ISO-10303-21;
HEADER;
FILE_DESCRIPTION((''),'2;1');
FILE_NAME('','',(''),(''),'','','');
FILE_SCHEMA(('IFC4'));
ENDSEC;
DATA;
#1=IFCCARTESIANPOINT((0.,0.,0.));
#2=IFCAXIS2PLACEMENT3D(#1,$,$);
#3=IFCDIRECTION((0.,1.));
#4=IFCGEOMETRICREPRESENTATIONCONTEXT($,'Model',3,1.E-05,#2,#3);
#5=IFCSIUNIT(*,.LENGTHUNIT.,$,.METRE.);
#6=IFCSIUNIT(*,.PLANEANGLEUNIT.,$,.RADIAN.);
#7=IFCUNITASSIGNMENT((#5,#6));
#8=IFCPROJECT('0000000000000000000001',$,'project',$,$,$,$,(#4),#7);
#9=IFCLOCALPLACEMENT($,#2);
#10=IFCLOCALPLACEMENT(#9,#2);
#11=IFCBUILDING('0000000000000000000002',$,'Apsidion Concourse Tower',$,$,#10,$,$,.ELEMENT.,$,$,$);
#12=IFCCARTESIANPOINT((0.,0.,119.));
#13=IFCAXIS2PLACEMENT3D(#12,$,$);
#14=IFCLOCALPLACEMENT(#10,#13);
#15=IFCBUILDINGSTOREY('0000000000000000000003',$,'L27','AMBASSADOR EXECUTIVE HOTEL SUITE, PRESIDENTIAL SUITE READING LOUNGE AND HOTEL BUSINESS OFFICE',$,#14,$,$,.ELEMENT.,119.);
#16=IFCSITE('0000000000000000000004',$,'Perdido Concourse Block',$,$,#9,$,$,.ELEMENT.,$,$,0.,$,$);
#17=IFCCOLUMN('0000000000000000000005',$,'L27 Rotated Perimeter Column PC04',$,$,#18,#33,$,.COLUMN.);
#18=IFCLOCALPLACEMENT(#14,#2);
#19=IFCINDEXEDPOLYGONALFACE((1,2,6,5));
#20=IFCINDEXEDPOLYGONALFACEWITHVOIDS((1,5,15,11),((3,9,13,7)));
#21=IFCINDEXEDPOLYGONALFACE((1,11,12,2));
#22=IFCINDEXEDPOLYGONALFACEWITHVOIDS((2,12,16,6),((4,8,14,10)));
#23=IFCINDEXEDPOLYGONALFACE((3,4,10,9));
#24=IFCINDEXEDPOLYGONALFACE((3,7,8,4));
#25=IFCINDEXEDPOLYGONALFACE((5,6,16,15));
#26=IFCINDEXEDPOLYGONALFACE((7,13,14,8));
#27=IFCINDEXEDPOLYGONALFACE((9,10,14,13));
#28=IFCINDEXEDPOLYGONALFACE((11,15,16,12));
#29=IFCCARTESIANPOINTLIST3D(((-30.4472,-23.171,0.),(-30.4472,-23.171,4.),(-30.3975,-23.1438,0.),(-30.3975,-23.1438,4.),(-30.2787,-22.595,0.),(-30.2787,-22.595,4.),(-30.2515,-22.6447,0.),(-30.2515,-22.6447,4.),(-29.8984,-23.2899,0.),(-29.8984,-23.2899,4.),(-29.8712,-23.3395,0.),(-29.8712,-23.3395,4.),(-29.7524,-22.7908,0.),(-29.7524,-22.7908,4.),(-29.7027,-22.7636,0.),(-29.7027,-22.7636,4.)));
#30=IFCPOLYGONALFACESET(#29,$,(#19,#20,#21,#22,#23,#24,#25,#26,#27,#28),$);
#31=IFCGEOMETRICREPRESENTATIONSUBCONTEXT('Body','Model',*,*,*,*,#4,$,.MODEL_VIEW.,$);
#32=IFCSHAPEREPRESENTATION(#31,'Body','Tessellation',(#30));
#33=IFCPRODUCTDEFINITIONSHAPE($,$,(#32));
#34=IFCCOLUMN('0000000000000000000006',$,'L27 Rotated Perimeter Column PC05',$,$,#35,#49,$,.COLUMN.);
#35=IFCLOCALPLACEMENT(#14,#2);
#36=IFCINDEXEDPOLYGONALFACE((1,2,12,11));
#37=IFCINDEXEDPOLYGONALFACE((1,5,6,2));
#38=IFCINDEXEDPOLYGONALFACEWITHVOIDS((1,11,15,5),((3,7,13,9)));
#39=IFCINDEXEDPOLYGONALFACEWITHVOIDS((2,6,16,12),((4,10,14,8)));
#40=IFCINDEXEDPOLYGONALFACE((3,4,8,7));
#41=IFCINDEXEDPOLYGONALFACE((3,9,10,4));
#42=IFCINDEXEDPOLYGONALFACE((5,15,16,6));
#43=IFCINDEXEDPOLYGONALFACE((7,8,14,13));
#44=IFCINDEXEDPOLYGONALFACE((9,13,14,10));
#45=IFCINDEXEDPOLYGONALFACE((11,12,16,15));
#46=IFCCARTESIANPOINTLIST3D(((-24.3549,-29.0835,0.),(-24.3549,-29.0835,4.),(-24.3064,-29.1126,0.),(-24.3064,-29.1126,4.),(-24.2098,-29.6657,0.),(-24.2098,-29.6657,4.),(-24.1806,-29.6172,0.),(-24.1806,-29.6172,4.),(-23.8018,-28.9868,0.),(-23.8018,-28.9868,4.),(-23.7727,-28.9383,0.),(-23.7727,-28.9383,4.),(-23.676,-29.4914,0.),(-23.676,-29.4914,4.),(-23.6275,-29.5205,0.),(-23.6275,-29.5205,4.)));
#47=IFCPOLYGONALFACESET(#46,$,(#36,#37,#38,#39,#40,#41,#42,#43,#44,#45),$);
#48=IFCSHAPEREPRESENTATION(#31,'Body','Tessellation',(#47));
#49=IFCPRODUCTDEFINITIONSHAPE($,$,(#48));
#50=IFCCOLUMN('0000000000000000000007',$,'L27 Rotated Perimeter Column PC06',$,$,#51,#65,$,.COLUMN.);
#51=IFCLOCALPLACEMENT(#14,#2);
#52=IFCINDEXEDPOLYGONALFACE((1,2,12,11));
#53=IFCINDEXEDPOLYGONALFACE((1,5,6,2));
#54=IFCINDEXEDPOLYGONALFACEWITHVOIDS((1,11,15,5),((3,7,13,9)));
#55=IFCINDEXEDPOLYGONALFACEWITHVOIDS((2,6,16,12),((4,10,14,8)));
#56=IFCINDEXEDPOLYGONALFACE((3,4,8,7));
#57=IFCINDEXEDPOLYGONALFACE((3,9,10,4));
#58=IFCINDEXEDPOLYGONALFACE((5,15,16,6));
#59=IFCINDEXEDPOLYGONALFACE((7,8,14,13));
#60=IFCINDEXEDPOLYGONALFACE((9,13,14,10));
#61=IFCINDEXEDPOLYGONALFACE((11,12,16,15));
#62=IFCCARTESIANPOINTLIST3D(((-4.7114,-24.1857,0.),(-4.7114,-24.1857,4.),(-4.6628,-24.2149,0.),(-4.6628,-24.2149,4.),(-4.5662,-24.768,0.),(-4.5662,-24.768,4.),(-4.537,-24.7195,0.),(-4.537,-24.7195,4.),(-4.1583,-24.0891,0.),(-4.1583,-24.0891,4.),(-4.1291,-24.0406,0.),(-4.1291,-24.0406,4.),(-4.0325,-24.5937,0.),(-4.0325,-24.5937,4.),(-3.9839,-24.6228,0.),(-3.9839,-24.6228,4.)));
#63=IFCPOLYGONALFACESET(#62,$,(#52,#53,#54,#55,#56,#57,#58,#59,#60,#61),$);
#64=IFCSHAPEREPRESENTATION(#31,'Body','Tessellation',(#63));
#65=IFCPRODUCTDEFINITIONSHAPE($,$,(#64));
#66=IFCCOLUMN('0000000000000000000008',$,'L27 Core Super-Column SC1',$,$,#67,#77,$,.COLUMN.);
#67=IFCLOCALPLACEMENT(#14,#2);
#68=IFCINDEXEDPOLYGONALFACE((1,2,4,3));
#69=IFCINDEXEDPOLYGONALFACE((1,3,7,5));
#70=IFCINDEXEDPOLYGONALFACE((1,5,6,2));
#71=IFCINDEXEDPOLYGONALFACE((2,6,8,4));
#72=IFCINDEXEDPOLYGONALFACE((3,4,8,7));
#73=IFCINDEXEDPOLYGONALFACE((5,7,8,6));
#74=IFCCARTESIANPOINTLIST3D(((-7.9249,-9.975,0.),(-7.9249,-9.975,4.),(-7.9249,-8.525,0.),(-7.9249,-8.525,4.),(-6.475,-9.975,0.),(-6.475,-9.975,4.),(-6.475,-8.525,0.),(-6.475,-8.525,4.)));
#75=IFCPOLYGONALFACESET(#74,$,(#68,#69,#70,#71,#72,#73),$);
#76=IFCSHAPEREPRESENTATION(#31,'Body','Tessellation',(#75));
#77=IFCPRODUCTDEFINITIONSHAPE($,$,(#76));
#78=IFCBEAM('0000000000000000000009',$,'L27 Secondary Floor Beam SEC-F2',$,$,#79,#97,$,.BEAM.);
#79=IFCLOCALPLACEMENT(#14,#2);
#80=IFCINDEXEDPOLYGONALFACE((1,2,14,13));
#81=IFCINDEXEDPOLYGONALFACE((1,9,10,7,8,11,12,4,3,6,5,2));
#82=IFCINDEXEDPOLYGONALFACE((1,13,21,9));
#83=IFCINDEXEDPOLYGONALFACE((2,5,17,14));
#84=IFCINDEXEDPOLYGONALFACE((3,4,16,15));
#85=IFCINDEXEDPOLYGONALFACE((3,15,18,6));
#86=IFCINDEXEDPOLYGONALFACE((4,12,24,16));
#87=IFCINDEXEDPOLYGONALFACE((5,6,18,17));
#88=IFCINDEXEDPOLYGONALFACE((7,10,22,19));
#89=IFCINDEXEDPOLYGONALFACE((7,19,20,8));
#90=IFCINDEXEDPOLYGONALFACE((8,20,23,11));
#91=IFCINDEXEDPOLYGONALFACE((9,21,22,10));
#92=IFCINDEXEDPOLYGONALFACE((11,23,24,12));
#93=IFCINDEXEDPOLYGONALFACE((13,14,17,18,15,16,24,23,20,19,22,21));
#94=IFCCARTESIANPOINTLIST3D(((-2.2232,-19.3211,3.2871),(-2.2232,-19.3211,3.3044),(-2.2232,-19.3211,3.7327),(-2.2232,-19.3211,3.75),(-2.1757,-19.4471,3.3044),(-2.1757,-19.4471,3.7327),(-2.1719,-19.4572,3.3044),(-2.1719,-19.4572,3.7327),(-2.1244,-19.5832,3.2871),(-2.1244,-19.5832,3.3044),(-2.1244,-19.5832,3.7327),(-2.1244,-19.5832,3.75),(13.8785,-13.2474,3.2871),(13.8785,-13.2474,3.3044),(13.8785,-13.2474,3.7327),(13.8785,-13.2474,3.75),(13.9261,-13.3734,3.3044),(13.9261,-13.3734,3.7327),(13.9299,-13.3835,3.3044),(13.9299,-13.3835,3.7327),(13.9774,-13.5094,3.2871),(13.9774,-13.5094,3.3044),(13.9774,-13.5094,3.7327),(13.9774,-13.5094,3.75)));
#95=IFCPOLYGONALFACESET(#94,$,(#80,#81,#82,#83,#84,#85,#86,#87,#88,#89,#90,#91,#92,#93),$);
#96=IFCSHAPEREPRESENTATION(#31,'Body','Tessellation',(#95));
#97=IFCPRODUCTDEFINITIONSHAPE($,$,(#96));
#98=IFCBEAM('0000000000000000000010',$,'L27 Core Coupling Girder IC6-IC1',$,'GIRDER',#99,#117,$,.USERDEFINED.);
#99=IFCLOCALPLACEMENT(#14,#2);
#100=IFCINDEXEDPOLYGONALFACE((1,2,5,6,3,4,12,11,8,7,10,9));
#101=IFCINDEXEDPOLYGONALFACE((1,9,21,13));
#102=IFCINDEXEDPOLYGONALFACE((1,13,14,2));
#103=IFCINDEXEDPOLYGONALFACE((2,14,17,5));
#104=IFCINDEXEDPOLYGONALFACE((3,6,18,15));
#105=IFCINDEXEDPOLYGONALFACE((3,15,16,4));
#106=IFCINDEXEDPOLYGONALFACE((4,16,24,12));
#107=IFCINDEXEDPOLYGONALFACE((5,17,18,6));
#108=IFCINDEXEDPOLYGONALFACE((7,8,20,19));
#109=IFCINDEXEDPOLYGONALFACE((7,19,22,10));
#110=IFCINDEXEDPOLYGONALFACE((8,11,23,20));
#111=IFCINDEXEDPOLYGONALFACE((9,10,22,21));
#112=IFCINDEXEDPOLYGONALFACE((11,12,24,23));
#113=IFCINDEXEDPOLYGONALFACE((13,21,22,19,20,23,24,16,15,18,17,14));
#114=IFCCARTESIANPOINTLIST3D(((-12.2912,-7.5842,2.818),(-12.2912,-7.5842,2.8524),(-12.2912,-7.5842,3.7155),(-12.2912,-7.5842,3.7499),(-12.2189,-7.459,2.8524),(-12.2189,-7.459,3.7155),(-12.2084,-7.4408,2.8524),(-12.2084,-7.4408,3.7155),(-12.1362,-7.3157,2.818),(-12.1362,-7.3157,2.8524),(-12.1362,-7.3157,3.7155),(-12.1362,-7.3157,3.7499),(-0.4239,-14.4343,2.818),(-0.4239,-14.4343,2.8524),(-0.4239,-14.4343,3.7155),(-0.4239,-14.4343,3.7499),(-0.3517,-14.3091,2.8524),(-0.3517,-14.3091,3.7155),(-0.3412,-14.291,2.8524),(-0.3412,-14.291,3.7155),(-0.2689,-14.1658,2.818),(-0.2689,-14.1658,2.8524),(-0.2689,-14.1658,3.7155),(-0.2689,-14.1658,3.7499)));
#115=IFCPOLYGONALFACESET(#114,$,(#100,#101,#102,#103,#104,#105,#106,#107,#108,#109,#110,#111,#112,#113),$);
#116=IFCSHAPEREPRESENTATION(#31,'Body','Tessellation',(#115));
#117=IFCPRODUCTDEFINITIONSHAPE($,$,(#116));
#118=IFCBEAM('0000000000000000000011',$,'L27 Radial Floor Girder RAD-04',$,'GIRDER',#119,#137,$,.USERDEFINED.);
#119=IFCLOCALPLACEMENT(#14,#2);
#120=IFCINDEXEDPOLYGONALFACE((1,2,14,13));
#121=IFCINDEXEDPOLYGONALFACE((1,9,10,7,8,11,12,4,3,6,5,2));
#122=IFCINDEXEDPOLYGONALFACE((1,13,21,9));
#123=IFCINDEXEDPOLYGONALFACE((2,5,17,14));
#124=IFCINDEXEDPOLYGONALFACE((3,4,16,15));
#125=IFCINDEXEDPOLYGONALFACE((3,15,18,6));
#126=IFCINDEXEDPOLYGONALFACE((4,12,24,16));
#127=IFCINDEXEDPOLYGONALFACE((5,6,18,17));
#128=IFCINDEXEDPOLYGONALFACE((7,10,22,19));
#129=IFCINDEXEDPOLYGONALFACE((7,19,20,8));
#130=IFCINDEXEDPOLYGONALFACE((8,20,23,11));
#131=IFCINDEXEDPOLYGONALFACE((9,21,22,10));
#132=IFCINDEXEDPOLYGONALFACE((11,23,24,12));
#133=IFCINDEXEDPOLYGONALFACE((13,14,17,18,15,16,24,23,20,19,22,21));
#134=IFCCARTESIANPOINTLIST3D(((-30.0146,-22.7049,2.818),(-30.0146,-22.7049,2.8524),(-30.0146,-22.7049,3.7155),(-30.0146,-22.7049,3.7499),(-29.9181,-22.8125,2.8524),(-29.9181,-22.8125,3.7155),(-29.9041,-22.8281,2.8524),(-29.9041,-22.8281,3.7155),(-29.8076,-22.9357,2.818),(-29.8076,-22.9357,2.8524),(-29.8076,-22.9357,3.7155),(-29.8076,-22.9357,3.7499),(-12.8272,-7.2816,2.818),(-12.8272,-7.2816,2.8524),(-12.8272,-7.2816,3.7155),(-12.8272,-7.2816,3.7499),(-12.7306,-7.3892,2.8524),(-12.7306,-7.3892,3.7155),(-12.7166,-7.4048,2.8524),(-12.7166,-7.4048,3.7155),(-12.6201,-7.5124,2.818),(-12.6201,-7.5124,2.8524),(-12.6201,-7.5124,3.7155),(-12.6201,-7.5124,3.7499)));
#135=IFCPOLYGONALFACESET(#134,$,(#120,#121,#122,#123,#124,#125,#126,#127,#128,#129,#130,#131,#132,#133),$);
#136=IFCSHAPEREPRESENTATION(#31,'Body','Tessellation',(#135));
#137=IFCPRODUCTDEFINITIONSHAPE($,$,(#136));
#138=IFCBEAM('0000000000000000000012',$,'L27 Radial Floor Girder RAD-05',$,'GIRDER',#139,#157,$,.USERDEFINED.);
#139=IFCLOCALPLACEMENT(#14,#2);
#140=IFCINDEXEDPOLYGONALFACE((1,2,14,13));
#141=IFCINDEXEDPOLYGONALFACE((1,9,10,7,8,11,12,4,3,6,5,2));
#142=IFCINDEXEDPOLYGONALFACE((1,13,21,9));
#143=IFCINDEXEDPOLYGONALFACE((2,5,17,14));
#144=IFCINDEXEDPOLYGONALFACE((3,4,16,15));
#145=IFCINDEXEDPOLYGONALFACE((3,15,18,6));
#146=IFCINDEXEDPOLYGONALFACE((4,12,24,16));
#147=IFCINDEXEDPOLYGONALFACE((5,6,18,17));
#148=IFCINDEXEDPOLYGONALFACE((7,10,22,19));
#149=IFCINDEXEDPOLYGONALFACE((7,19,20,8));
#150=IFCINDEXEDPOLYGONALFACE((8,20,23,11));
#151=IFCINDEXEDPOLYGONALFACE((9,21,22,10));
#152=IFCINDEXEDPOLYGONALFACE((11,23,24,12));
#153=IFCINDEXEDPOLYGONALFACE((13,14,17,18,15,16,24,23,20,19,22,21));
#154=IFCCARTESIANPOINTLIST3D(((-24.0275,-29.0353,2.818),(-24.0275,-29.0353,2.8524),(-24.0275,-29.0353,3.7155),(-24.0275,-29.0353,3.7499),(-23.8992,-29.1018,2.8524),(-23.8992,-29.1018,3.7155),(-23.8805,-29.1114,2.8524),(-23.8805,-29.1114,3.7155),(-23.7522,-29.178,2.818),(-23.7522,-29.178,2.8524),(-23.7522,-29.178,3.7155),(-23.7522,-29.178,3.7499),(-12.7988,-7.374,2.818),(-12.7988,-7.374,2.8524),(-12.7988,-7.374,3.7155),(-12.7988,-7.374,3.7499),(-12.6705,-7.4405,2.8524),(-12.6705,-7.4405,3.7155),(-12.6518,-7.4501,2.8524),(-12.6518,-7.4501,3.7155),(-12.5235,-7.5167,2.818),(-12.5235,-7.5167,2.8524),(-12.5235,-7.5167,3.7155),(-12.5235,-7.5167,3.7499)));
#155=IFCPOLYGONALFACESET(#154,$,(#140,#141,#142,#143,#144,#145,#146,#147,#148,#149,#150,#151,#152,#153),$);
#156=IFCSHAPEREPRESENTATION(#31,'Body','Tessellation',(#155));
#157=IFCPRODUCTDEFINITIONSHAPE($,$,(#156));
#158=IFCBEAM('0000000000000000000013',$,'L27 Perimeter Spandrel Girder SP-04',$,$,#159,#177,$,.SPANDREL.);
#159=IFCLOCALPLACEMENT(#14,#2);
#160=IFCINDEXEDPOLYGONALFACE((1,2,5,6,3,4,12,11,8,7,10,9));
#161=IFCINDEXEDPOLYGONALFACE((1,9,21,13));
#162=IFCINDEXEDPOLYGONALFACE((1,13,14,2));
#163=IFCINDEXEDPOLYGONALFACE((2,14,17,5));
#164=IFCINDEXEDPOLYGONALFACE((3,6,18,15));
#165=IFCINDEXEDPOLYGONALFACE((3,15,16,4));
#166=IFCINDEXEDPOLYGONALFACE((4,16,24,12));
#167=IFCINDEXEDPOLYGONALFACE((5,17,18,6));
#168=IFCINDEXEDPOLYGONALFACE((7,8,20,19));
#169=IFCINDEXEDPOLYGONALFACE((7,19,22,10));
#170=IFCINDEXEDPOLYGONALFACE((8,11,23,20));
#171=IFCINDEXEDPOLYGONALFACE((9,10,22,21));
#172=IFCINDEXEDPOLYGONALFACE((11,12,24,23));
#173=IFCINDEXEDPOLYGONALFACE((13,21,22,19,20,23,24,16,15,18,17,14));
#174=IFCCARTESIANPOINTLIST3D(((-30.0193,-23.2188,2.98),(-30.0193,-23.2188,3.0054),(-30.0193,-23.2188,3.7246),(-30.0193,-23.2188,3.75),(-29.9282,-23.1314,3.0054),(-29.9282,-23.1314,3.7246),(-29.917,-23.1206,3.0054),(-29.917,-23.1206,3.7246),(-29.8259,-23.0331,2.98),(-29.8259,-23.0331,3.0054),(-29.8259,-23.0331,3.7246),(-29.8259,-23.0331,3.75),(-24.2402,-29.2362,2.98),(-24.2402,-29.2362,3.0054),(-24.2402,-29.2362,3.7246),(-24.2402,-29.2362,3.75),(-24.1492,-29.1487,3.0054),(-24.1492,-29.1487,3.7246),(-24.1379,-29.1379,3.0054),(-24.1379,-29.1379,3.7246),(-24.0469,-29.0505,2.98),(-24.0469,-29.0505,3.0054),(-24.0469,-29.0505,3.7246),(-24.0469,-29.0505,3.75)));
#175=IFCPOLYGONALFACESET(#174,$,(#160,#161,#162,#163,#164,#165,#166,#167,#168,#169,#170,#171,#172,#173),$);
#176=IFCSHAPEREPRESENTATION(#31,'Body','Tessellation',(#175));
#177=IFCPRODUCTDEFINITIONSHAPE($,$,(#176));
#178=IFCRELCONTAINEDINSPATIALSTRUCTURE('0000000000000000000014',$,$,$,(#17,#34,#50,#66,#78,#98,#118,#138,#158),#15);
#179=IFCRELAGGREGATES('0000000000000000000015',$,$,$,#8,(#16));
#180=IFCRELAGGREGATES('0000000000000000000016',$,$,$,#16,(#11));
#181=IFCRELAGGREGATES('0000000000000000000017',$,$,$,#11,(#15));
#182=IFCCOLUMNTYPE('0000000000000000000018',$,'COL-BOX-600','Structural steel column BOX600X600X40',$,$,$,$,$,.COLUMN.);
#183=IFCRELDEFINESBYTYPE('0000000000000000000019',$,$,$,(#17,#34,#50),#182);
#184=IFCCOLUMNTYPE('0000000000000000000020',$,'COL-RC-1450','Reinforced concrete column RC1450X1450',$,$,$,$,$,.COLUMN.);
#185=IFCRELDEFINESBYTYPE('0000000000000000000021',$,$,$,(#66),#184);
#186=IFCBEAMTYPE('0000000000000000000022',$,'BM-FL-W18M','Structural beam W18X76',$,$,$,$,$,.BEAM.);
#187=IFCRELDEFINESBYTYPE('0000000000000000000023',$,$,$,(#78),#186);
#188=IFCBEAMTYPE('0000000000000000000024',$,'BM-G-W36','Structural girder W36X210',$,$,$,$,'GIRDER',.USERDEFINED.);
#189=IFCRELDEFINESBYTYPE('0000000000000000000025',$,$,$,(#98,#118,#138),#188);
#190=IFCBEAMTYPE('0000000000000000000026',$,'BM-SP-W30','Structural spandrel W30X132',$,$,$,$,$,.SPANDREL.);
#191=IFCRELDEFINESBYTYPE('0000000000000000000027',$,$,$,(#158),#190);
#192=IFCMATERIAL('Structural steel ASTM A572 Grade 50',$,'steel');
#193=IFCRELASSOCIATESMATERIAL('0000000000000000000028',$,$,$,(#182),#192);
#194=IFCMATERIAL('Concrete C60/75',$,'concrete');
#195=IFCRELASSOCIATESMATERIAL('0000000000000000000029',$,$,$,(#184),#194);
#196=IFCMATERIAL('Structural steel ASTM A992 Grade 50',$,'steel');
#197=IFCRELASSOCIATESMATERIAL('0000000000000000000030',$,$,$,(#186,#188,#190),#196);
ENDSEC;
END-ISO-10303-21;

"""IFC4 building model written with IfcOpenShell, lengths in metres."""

from ifc_helpers import new_model, si_unit, direction, frame, origin, origin_2d, place, context, subcontext, project, spatial, rectangle, hollow_rectangle, i_section, extrude, material, material_profile, profile_set, type_object, element, save


model = new_model("IFC4")

# Units and contexts
model_context = context("Model", 3, precision=1e-05, world=origin(), true_north=direction((0.0, 1.0)))
body_context = subcontext(model_context, "Body", "Model", "MODEL_VIEW")
ifc_project = project(units=[si_unit("LENGTHUNIT", "METRE"), si_unit("PLANEANGLEUNIT", "RADIAN")], contexts=[model_context])

# Site, building, storey
site_placement = place(None, origin())
site = spatial("IfcSite", under=ifc_project, at=site_placement, Name="Perdido Concourse Block", CompositionType="ELEMENT", RefElevation=0.0)
building_placement = place(site_placement, origin())
building = spatial("IfcBuilding", under=site, at=building_placement, Name="Apsidion Concourse Tower", CompositionType="ELEMENT")
storey_placement = place(building_placement, frame((0.0, 0.0, 119.0)))
storey = spatial("IfcBuildingStorey", under=building, at=storey_placement, Name="L27", Description="AMBASSADOR EXECUTIVE HOTEL SUITE, PRESIDENTIAL SUITE READING LOUNGE AND HOTEL BUSINESS OFFICE", CompositionType="ELEMENT", Elevation=119.0)

# Columns
ifc_material_1 = material(Name="Structural steel ASTM A572 Grade 50", Category="steel")
ifc_material_profile_1 = material_profile(ifc_material_1, hollow_rectangle(XDim=0.6001, YDim=0.6001, WallThickness=0.04, at=origin_2d()), Name="BOX600X600X40")
ifc_profile_set_1 = profile_set([ifc_material_profile_1], Name="Structural steel ASTM A572 Grade 50")
column_type_1 = type_object("IfcColumnType", Name="COL-BOX-600", Description="Structural steel column BOX600X600X40", PredefinedType="COLUMN", material=ifc_profile_set_1)
for number, where, z_axis, x_axis, name in (
    (1, (-30.075, -22.9673, 0.0), (0.0, 0.0, 1.0), (0.280834, 0.959756, 0.0), "L27 Rotated Perimeter Column PC04"),
    (2, (-23.9912, -29.302, 0.0), (0.0, 0.0, 1.0), (0.970296, 0.241922, 0.0), "L27 Rotated Perimeter Column PC05"),
    (3, (-4.3477, -24.4043, 0.0), (0.0, 0.0, 1.0), (0.970296, 0.241922, 0.0), "L27 Rotated Perimeter Column PC06"),
):
    element("IfcColumn", number, at=place(storey_placement, frame(where, z_axis=z_axis, x_axis=x_axis)), inside=storey, type_object=column_type_1, Name=name, PredefinedType="COLUMN", context=body_context, shape_type="SweptSolid", body=[
        extrude(hollow_rectangle(XDim=0.6001, YDim=0.6001, WallThickness=0.04, at=origin_2d()), origin(), (0.0, 0.0, 1.0), 4.0),
    ])
ifc_material_2 = material(Name="Concrete C60/75", Category="concrete")
ifc_material_profile_2 = material_profile(ifc_material_2, rectangle(XDim=1.45, YDim=1.45, at=origin_2d()), Name="RC 1450x1450")
ifc_profile_set_2 = profile_set([ifc_material_profile_2], Name="Concrete C60/75")
column_type_2 = type_object("IfcColumnType", Name="COL-RC-1450", Description="Reinforced concrete column RC1450X1450", PredefinedType="COLUMN", material=ifc_profile_set_2)
column_placement = place(storey_placement, frame((-7.2, -9.25, 0.0), z_axis=(0.0, 0.0, 1.0), x_axis=(1.0, 0.0, 0.0)))
element("IfcColumn", 4, at=column_placement, inside=storey, type_object=column_type_2, Name="L27 Core Super-Column SC1", PredefinedType="COLUMN", context=body_context, shape_type="SweptSolid", body=[
    extrude(rectangle(XDim=1.45, YDim=1.45, at=origin_2d()), origin(), (0.0, 0.0, 1.0), 4.0),
])

# Beams
ifc_material_3 = material(Name="Structural steel ASTM A992 Grade 50", Category="steel")
ifc_material_profile_3 = material_profile(ifc_material_3, i_section(OverallWidth=0.28, OverallDepth=0.4629, WebThickness=0.0107, FlangeThickness=0.0173, at=origin_2d()), Name="W18X76")
ifc_profile_set_3 = profile_set([ifc_material_profile_3], Name="Structural steel ASTM A992 Grade 50")
beam_type_1 = type_object("IfcBeamType", Name="BM-FL-W18M", Description="Structural beam W18X76", PredefinedType="BEAM", material=ifc_profile_set_3)
beam_1_placement = place(storey_placement, frame((-2.1738, -19.4521, 3.5186), z_axis=(0.935648, 0.352934, 0.0), x_axis=(-0.352934, 0.935648, 0.0)))
element("IfcBeam", 5, at=beam_1_placement, inside=storey, type_object=beam_type_1, Name="L27 Secondary Floor Beam SEC-F2", PredefinedType="BEAM", context=body_context, shape_type="SweptSolid", body=[
    extrude(i_section(OverallWidth=0.28, OverallDepth=0.4629, WebThickness=0.0107, FlangeThickness=0.0173, at=origin_2d()), origin(), (0.0, 0.0, 1.0), 17.2092),
])
ifc_material_profile_4 = material_profile(ifc_material_3, i_section(OverallWidth=0.3101, OverallDepth=0.9319, WebThickness=0.021, FlangeThickness=0.0344, at=origin_2d()), Name="W36X210")
ifc_profile_set_4 = profile_set([ifc_material_profile_4], Name="Structural steel ASTM A992 Grade 50")
beam_type_2 = type_object("IfcBeamType", Name="BM-G-W36", Description="Structural girder W36X210", ElementType="GIRDER", PredefinedType="USERDEFINED", material=ifc_profile_set_4)
beam_2_placement = place(storey_placement, frame((-0.3464, -14.3, 3.2839), z_axis=(-0.86607, 0.499922, 0.0), x_axis=(-0.499922, -0.86607, 0.0)))
element("IfcBeam", 6, at=beam_2_placement, inside=storey, type_object=beam_type_2, Name="L27 Core Coupling Girder IC6-IC1", ObjectType="GIRDER", PredefinedType="USERDEFINED", context=body_context, shape_type="SweptSolid", body=[
    extrude(i_section(OverallWidth=0.3101, OverallDepth=0.9319, WebThickness=0.021, FlangeThickness=0.0344, at=origin_2d()), origin(), (0.0, 0.0, 1.0), 13.7024),
])
beam_3_placement = place(storey_placement, frame((-12.7236, -7.397, 3.2839), z_axis=(-0.744271, -0.667878, 0.0), x_axis=(0.667878, -0.744271, 0.0)))
element("IfcBeam", 7, at=beam_3_placement, inside=storey, type_object=beam_type_2, Name="L27 Radial Floor Girder RAD-04", ObjectType="GIRDER", PredefinedType="USERDEFINED", context=body_context, shape_type="SweptSolid", body=[
    extrude(i_section(OverallWidth=0.3101, OverallDepth=0.9319, WebThickness=0.021, FlangeThickness=0.0344, at=origin_2d()), origin(), (0.0, 0.0, 1.0), 23.093),
])
beam_4_placement = place(storey_placement, frame((-12.6611, -7.4453, 3.2839), z_axis=(-0.460218, -0.887806, 0.0), x_axis=(0.887806, -0.460218, 0.0)))
element("IfcBeam", 8, at=beam_4_placement, inside=storey, type_object=beam_type_2, Name="L27 Radial Floor Girder RAD-05", ObjectType="GIRDER", PredefinedType="USERDEFINED", context=body_context, shape_type="SweptSolid", body=[
    extrude(i_section(OverallWidth=0.3101, OverallDepth=0.9319, WebThickness=0.021, FlangeThickness=0.0344, at=origin_2d()), origin(), (0.0, 0.0, 1.0), 24.3987),
])
ifc_material_profile_5 = material_profile(ifc_material_3, i_section(OverallWidth=0.2681, OverallDepth=0.77, WebThickness=0.0156, FlangeThickness=0.0254, at=origin_2d()), Name="W30X132")
ifc_profile_set_5 = profile_set([ifc_material_profile_5], Name="Structural steel ASTM A992 Grade 50")
beam_type_3 = type_object("IfcBeamType", Name="BM-SP-W30", Description="Structural spandrel W30X132", PredefinedType="SPANDREL", material=ifc_profile_set_5)
beam_5_placement = place(storey_placement, frame((-29.9226, -23.126, 3.365), z_axis=(0.692682, -0.721243, 0.0), x_axis=(0.721243, 0.692682, 0.0)))
element("IfcBeam", 9, at=beam_5_placement, inside=storey, type_object=beam_type_3, Name="L27 Perimeter Spandrel Girder SP-04", PredefinedType="SPANDREL", context=body_context, shape_type="SweptSolid", body=[
    extrude(i_section(OverallWidth=0.2681, OverallDepth=0.77, WebThickness=0.0156, FlangeThickness=0.0254, at=origin_2d()), origin(), (0.0, 0.0, 1.0), 8.343),
])

save(model, "model.ifc")
